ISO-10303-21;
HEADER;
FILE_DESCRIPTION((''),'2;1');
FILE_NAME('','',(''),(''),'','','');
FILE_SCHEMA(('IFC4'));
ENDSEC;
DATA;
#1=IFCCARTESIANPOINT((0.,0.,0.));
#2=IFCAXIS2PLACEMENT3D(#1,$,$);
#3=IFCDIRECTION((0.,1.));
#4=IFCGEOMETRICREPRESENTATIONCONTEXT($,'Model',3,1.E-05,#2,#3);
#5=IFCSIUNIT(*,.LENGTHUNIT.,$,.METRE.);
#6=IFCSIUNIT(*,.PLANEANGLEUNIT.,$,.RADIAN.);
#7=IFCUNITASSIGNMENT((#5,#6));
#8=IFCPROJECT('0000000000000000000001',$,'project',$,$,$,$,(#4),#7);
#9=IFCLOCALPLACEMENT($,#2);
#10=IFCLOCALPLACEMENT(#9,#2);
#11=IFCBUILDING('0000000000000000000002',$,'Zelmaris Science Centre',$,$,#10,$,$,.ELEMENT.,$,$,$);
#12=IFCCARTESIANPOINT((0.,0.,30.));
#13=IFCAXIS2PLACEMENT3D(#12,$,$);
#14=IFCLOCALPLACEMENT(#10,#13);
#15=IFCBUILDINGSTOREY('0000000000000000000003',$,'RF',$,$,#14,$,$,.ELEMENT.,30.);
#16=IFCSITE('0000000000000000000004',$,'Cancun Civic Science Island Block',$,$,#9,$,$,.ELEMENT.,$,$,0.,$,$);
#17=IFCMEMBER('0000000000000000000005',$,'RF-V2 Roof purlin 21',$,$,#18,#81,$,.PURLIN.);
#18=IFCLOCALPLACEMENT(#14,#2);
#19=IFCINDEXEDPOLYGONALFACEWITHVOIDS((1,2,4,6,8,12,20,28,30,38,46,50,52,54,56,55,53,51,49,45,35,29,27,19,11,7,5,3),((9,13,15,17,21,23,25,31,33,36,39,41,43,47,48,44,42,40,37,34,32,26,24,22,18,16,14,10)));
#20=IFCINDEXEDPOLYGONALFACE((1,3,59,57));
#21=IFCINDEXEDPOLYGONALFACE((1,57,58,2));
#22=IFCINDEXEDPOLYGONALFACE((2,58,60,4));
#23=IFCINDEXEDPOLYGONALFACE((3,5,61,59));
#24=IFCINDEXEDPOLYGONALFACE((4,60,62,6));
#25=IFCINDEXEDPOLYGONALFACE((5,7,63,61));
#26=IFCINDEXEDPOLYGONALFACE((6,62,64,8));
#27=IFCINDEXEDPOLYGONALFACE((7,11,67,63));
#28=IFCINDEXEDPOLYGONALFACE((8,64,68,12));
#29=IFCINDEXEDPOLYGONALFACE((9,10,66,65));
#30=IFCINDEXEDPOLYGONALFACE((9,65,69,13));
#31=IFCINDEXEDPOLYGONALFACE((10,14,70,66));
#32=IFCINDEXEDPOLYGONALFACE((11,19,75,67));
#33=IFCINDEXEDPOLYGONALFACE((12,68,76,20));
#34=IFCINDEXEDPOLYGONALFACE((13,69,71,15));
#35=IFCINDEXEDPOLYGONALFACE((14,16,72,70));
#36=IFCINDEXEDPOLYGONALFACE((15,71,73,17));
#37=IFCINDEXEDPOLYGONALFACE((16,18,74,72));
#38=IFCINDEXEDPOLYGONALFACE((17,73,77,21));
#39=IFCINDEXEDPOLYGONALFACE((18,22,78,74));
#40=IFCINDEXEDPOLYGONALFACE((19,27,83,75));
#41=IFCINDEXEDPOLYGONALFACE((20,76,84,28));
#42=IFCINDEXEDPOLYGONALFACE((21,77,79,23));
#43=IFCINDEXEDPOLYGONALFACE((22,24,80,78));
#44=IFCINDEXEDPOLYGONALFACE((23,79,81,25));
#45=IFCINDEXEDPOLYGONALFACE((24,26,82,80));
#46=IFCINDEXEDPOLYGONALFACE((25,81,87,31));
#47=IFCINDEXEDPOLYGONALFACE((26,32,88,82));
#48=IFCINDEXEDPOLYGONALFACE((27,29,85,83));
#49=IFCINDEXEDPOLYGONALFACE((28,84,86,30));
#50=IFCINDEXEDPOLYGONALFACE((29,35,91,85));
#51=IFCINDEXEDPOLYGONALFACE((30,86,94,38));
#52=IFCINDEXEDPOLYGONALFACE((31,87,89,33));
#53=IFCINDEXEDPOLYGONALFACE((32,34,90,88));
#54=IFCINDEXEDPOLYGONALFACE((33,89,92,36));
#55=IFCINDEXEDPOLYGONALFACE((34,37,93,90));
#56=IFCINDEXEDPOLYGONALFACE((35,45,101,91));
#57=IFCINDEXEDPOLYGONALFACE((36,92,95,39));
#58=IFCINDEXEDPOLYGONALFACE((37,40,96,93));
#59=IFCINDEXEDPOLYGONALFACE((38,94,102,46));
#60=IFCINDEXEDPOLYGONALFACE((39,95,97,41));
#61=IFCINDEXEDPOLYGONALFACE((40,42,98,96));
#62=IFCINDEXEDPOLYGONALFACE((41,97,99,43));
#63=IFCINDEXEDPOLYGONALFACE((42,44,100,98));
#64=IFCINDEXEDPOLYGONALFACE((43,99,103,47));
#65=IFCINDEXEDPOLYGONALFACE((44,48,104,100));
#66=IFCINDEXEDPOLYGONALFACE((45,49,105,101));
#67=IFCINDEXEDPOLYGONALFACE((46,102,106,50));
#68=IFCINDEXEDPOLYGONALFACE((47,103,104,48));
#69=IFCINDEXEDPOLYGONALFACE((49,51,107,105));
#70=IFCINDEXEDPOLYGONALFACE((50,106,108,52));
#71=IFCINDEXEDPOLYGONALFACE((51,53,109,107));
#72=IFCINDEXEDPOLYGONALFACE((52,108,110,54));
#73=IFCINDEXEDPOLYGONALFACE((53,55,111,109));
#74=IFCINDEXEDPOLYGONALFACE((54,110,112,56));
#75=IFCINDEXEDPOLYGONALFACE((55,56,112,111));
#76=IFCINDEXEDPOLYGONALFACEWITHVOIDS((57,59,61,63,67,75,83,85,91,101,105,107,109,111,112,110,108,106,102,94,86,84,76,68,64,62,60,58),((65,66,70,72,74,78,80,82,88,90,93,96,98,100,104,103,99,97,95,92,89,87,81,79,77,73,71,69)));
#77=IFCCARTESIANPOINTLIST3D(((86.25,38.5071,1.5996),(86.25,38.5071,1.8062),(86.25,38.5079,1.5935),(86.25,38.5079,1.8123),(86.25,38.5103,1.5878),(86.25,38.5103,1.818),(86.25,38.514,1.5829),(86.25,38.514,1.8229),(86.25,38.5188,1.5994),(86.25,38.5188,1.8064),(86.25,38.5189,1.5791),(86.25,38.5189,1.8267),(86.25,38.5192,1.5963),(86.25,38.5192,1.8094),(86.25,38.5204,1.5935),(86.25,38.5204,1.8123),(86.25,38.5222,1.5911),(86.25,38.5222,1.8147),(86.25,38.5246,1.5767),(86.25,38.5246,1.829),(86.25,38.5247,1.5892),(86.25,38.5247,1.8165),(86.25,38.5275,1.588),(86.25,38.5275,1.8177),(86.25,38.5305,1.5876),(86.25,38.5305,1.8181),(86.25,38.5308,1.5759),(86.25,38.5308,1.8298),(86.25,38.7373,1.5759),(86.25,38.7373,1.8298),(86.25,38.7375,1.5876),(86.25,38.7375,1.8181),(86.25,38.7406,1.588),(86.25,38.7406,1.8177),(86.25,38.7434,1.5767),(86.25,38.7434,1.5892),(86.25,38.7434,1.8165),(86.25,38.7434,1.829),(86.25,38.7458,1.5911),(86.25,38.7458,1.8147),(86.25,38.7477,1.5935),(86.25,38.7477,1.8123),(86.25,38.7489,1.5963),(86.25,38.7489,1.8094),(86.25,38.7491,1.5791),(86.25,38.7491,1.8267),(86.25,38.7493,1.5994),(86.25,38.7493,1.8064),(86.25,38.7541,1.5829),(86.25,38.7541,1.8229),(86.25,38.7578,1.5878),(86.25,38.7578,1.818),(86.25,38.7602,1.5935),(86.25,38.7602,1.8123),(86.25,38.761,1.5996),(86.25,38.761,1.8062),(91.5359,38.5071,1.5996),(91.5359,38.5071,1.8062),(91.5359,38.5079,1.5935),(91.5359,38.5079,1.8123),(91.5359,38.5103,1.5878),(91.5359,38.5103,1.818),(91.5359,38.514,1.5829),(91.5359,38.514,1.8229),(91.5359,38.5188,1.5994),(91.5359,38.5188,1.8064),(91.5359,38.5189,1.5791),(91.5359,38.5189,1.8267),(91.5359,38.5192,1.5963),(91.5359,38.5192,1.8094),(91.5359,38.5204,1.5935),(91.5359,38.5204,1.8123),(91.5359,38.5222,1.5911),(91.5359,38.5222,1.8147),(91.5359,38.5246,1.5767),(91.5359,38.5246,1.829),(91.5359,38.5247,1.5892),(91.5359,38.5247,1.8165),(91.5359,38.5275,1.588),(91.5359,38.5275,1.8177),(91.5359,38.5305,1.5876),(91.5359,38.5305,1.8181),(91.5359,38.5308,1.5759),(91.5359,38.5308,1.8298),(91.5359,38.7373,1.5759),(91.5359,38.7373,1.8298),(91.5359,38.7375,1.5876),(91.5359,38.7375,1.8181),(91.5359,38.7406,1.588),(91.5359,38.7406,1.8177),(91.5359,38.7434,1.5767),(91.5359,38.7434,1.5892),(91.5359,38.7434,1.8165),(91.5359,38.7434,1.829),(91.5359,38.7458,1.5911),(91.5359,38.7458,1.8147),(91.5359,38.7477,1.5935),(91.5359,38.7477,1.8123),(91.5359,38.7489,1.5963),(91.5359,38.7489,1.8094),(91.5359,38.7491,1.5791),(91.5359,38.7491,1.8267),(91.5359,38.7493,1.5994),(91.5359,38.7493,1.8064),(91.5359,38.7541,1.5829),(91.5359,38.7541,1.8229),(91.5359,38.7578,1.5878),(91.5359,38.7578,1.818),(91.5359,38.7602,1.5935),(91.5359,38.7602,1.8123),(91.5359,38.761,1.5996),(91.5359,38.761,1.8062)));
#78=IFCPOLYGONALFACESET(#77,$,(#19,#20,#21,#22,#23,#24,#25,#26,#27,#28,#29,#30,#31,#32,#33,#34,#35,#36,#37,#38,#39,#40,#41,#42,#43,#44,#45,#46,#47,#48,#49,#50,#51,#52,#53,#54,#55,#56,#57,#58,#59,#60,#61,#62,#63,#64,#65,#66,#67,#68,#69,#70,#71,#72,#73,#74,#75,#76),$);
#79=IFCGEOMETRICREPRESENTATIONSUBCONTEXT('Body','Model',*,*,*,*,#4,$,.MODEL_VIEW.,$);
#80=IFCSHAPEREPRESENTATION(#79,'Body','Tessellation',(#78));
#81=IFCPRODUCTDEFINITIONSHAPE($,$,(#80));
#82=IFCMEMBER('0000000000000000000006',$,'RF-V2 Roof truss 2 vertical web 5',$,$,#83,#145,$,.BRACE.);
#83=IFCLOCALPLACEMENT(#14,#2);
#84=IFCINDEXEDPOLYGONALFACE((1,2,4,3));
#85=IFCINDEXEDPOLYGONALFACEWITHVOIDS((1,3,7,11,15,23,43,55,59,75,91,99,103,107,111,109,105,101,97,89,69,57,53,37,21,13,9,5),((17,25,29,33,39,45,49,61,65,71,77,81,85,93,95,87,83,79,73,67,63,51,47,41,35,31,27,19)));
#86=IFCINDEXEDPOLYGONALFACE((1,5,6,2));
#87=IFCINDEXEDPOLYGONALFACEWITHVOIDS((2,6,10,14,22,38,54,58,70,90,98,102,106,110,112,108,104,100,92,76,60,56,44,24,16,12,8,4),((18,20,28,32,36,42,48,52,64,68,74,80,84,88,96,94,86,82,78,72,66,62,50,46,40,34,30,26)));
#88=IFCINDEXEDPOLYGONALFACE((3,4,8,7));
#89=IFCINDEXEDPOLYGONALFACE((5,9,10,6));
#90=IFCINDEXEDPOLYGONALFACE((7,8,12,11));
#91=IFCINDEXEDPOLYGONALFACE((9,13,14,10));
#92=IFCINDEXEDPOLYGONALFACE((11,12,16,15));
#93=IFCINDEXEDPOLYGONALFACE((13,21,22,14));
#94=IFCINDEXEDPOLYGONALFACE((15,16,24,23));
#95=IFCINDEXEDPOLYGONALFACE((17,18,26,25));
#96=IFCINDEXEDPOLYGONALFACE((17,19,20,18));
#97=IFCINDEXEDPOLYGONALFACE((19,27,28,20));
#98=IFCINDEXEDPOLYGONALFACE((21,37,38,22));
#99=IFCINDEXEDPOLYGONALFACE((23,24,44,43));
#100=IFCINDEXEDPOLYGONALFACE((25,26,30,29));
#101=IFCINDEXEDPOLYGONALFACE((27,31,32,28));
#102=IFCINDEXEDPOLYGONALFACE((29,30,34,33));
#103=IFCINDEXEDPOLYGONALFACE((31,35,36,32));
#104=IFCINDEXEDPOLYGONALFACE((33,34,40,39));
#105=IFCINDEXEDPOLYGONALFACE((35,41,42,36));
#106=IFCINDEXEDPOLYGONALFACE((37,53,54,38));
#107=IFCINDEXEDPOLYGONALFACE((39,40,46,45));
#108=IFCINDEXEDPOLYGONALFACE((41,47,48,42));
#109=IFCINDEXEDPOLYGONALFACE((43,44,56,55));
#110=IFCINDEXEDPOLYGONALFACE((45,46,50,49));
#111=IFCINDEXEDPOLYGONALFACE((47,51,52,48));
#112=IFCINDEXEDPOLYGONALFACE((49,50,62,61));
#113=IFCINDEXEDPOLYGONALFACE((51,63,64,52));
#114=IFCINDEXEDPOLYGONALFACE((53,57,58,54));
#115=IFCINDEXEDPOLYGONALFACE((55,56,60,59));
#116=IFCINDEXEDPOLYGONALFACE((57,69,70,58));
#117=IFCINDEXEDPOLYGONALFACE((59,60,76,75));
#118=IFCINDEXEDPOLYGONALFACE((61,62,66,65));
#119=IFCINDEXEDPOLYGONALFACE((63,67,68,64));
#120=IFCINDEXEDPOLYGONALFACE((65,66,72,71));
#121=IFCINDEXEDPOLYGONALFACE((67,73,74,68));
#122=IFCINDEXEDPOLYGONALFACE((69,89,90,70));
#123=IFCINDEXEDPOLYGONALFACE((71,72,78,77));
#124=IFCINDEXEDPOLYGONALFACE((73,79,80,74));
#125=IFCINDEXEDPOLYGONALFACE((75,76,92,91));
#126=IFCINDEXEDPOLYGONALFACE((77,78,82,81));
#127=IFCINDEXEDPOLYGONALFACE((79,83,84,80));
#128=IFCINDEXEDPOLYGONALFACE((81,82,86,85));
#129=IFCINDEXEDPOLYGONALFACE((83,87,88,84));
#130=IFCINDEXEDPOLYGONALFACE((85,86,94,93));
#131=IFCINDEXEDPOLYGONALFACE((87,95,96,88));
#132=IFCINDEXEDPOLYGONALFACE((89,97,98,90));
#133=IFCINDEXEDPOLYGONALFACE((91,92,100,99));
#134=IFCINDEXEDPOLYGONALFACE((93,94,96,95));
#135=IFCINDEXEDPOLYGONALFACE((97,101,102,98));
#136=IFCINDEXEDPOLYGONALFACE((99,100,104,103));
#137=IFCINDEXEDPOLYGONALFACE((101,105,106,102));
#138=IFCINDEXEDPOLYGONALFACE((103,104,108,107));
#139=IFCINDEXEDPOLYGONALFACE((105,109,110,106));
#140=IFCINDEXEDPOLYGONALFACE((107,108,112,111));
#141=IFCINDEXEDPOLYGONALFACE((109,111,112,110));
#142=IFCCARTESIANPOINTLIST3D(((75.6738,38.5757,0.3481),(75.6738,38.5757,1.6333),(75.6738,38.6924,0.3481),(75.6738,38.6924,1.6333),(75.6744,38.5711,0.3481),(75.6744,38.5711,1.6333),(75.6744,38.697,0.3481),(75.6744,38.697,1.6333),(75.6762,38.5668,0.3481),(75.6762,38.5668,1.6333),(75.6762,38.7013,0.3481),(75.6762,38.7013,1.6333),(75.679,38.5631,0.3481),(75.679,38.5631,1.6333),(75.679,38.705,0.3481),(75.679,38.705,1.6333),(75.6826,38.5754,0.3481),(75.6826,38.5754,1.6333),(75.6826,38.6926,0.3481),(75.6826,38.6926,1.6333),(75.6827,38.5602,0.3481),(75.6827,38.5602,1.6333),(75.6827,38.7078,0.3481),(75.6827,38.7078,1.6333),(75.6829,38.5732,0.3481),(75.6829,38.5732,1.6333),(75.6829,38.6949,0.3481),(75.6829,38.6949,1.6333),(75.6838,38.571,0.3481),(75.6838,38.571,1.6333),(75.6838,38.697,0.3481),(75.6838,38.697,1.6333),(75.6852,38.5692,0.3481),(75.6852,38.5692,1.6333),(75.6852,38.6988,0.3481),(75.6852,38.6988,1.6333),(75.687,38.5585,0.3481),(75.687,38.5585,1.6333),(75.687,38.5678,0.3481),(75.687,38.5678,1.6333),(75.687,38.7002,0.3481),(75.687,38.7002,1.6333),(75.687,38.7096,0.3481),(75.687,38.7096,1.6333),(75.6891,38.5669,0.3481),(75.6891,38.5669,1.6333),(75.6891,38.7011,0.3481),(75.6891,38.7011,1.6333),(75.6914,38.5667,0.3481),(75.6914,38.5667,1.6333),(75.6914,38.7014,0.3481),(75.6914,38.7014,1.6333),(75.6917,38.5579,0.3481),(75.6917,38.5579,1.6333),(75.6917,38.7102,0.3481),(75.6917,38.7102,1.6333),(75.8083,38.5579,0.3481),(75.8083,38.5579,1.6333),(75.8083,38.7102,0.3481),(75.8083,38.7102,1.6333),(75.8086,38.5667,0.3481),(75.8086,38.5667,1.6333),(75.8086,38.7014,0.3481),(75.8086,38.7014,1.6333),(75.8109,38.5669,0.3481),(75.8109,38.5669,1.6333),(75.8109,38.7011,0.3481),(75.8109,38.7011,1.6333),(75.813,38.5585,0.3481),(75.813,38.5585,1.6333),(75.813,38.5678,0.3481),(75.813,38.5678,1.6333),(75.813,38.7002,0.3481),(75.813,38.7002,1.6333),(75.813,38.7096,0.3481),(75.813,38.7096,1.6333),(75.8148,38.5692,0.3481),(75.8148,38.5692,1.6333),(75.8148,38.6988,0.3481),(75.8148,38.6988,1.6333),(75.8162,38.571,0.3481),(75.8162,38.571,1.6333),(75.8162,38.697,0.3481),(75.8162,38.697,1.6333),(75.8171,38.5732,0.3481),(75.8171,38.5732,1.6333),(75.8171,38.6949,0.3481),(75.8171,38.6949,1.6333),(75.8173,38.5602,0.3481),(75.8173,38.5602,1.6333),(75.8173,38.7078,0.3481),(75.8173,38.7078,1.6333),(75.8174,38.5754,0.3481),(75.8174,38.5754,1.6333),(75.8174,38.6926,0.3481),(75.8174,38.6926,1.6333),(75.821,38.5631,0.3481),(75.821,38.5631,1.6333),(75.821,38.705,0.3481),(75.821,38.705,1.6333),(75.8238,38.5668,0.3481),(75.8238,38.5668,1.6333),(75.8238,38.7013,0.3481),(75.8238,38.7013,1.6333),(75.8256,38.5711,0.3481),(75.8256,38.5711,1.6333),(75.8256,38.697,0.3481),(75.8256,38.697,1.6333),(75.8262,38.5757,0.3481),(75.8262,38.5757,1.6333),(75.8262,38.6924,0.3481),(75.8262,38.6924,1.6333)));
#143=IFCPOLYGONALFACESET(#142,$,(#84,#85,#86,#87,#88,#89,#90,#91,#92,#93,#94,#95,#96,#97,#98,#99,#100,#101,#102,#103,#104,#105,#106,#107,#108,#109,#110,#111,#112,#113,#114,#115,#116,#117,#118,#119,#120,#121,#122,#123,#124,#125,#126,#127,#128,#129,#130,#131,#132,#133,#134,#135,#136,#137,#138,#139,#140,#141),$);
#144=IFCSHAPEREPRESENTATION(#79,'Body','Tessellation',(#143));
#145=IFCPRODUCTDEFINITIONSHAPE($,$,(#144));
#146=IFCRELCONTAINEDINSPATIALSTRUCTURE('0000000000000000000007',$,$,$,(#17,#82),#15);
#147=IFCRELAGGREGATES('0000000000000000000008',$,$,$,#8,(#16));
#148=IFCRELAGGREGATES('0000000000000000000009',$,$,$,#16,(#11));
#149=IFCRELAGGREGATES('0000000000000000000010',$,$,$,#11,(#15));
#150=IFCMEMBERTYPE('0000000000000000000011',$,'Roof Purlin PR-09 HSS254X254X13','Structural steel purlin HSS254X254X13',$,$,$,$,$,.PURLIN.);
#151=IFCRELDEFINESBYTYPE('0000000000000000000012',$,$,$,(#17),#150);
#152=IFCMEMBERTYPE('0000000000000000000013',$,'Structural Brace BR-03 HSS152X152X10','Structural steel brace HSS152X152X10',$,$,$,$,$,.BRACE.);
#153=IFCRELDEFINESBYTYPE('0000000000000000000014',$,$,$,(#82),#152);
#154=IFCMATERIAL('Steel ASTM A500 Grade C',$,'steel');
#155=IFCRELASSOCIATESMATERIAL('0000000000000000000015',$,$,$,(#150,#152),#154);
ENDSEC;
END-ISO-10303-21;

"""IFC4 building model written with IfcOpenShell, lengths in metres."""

from ifc_helpers import new_model, si_unit, direction, frame, origin, origin_2d, place, context, subcontext, project, spatial, hollow_rectangle, extrude, material, material_profile, profile_set, type_object, element, save


model = new_model("IFC4")

# Units and contexts
model_context = context("Model", 3, precision=1e-05, world=origin(), true_north=direction((0.0, 1.0)))
body_context = subcontext(model_context, "Body", "Model", "MODEL_VIEW")
ifc_project = project(units=[si_unit("LENGTHUNIT", "METRE"), si_unit("PLANEANGLEUNIT", "RADIAN")], contexts=[model_context])

# Site, building, storey
site_placement = place(None, origin())
site = spatial("IfcSite", under=ifc_project, at=site_placement, Name="Cancun Civic Science Island Block", CompositionType="ELEMENT", RefElevation=0.0)
building_placement = place(site_placement, origin())
building = spatial("IfcBuilding", under=site, at=building_placement, Name="Zelmaris Science Centre", CompositionType="ELEMENT")
storey_placement = place(building_placement, frame((0.0, 0.0, 30.0)))
storey = spatial("IfcBuildingStorey", under=building, at=storey_placement, Name="RF", CompositionType="ELEMENT", Elevation=30.0)

# Shared definitions
ifc_material_1 = material(Name="Steel ASTM A500 Grade C", Category="steel")

# Members
ifc_material_profile_1 = material_profile(ifc_material_1, hollow_rectangle(XDim=0.2539, YDim=0.2539, WallThickness=0.0117, InnerFilletRadius=0.0117, OuterFilletRadius=0.0237, at=origin_2d()), Name="HSS254X254X13")
ifc_profile_set_1 = profile_set([ifc_material_profile_1], Name="Steel ASTM A500 Grade C")
member_type_1 = type_object("IfcMemberType", Name="Roof Purlin PR-09 HSS254X254X13", Description="Structural steel purlin HSS254X254X13", PredefinedType="PURLIN", material=ifc_profile_set_1)
member_1_placement = place(storey_placement, frame((86.25, 38.634, 1.7029), z_axis=(1.0, 0.0, 0.0), x_axis=(0.0, 1.0, 0.0)))
element("IfcMember", 1, at=member_1_placement, inside=storey, type_object=member_type_1, Name="RF-V2 Roof purlin 21", PredefinedType="PURLIN", context=body_context, shape_type="SweptSolid", body=[
    extrude(hollow_rectangle(XDim=0.2539, YDim=0.2539, WallThickness=0.0117, InnerFilletRadius=0.0117, OuterFilletRadius=0.0237, at=origin_2d()), origin(), (0.0, 0.0, 1.0), 5.2859),
])
ifc_material_profile_2 = material_profile(ifc_material_1, hollow_rectangle(XDim=0.1523, YDim=0.1523, WallThickness=0.0088, InnerFilletRadius=0.0088, OuterFilletRadius=0.0178, at=origin_2d()), Name="HSS152X152X10")
ifc_profile_set_2 = profile_set([ifc_material_profile_2], Name="Steel ASTM A500 Grade C")
member_type_2 = type_object("IfcMemberType", Name="Structural Brace BR-03 HSS152X152X10", Description="Structural steel brace HSS152X152X10", PredefinedType="BRACE", material=ifc_profile_set_2)
member_2_placement = place(storey_placement, frame((75.75, 38.634, 0.3481), z_axis=(0.0, 0.0, 1.0), x_axis=(1.0, 0.0, 0.0)))
element("IfcMember", 2, at=member_2_placement, inside=storey, type_object=member_type_2, Name="RF-V2 Roof truss 2 vertical web 5", PredefinedType="BRACE", context=body_context, shape_type="SweptSolid", body=[
    extrude(hollow_rectangle(XDim=0.1523, YDim=0.1523, WallThickness=0.0088, InnerFilletRadius=0.0088, OuterFilletRadius=0.0178, at=origin_2d()), origin(), (0.0, 0.0, 1.0), 1.2852),
])

save(model, "model.ifc")
